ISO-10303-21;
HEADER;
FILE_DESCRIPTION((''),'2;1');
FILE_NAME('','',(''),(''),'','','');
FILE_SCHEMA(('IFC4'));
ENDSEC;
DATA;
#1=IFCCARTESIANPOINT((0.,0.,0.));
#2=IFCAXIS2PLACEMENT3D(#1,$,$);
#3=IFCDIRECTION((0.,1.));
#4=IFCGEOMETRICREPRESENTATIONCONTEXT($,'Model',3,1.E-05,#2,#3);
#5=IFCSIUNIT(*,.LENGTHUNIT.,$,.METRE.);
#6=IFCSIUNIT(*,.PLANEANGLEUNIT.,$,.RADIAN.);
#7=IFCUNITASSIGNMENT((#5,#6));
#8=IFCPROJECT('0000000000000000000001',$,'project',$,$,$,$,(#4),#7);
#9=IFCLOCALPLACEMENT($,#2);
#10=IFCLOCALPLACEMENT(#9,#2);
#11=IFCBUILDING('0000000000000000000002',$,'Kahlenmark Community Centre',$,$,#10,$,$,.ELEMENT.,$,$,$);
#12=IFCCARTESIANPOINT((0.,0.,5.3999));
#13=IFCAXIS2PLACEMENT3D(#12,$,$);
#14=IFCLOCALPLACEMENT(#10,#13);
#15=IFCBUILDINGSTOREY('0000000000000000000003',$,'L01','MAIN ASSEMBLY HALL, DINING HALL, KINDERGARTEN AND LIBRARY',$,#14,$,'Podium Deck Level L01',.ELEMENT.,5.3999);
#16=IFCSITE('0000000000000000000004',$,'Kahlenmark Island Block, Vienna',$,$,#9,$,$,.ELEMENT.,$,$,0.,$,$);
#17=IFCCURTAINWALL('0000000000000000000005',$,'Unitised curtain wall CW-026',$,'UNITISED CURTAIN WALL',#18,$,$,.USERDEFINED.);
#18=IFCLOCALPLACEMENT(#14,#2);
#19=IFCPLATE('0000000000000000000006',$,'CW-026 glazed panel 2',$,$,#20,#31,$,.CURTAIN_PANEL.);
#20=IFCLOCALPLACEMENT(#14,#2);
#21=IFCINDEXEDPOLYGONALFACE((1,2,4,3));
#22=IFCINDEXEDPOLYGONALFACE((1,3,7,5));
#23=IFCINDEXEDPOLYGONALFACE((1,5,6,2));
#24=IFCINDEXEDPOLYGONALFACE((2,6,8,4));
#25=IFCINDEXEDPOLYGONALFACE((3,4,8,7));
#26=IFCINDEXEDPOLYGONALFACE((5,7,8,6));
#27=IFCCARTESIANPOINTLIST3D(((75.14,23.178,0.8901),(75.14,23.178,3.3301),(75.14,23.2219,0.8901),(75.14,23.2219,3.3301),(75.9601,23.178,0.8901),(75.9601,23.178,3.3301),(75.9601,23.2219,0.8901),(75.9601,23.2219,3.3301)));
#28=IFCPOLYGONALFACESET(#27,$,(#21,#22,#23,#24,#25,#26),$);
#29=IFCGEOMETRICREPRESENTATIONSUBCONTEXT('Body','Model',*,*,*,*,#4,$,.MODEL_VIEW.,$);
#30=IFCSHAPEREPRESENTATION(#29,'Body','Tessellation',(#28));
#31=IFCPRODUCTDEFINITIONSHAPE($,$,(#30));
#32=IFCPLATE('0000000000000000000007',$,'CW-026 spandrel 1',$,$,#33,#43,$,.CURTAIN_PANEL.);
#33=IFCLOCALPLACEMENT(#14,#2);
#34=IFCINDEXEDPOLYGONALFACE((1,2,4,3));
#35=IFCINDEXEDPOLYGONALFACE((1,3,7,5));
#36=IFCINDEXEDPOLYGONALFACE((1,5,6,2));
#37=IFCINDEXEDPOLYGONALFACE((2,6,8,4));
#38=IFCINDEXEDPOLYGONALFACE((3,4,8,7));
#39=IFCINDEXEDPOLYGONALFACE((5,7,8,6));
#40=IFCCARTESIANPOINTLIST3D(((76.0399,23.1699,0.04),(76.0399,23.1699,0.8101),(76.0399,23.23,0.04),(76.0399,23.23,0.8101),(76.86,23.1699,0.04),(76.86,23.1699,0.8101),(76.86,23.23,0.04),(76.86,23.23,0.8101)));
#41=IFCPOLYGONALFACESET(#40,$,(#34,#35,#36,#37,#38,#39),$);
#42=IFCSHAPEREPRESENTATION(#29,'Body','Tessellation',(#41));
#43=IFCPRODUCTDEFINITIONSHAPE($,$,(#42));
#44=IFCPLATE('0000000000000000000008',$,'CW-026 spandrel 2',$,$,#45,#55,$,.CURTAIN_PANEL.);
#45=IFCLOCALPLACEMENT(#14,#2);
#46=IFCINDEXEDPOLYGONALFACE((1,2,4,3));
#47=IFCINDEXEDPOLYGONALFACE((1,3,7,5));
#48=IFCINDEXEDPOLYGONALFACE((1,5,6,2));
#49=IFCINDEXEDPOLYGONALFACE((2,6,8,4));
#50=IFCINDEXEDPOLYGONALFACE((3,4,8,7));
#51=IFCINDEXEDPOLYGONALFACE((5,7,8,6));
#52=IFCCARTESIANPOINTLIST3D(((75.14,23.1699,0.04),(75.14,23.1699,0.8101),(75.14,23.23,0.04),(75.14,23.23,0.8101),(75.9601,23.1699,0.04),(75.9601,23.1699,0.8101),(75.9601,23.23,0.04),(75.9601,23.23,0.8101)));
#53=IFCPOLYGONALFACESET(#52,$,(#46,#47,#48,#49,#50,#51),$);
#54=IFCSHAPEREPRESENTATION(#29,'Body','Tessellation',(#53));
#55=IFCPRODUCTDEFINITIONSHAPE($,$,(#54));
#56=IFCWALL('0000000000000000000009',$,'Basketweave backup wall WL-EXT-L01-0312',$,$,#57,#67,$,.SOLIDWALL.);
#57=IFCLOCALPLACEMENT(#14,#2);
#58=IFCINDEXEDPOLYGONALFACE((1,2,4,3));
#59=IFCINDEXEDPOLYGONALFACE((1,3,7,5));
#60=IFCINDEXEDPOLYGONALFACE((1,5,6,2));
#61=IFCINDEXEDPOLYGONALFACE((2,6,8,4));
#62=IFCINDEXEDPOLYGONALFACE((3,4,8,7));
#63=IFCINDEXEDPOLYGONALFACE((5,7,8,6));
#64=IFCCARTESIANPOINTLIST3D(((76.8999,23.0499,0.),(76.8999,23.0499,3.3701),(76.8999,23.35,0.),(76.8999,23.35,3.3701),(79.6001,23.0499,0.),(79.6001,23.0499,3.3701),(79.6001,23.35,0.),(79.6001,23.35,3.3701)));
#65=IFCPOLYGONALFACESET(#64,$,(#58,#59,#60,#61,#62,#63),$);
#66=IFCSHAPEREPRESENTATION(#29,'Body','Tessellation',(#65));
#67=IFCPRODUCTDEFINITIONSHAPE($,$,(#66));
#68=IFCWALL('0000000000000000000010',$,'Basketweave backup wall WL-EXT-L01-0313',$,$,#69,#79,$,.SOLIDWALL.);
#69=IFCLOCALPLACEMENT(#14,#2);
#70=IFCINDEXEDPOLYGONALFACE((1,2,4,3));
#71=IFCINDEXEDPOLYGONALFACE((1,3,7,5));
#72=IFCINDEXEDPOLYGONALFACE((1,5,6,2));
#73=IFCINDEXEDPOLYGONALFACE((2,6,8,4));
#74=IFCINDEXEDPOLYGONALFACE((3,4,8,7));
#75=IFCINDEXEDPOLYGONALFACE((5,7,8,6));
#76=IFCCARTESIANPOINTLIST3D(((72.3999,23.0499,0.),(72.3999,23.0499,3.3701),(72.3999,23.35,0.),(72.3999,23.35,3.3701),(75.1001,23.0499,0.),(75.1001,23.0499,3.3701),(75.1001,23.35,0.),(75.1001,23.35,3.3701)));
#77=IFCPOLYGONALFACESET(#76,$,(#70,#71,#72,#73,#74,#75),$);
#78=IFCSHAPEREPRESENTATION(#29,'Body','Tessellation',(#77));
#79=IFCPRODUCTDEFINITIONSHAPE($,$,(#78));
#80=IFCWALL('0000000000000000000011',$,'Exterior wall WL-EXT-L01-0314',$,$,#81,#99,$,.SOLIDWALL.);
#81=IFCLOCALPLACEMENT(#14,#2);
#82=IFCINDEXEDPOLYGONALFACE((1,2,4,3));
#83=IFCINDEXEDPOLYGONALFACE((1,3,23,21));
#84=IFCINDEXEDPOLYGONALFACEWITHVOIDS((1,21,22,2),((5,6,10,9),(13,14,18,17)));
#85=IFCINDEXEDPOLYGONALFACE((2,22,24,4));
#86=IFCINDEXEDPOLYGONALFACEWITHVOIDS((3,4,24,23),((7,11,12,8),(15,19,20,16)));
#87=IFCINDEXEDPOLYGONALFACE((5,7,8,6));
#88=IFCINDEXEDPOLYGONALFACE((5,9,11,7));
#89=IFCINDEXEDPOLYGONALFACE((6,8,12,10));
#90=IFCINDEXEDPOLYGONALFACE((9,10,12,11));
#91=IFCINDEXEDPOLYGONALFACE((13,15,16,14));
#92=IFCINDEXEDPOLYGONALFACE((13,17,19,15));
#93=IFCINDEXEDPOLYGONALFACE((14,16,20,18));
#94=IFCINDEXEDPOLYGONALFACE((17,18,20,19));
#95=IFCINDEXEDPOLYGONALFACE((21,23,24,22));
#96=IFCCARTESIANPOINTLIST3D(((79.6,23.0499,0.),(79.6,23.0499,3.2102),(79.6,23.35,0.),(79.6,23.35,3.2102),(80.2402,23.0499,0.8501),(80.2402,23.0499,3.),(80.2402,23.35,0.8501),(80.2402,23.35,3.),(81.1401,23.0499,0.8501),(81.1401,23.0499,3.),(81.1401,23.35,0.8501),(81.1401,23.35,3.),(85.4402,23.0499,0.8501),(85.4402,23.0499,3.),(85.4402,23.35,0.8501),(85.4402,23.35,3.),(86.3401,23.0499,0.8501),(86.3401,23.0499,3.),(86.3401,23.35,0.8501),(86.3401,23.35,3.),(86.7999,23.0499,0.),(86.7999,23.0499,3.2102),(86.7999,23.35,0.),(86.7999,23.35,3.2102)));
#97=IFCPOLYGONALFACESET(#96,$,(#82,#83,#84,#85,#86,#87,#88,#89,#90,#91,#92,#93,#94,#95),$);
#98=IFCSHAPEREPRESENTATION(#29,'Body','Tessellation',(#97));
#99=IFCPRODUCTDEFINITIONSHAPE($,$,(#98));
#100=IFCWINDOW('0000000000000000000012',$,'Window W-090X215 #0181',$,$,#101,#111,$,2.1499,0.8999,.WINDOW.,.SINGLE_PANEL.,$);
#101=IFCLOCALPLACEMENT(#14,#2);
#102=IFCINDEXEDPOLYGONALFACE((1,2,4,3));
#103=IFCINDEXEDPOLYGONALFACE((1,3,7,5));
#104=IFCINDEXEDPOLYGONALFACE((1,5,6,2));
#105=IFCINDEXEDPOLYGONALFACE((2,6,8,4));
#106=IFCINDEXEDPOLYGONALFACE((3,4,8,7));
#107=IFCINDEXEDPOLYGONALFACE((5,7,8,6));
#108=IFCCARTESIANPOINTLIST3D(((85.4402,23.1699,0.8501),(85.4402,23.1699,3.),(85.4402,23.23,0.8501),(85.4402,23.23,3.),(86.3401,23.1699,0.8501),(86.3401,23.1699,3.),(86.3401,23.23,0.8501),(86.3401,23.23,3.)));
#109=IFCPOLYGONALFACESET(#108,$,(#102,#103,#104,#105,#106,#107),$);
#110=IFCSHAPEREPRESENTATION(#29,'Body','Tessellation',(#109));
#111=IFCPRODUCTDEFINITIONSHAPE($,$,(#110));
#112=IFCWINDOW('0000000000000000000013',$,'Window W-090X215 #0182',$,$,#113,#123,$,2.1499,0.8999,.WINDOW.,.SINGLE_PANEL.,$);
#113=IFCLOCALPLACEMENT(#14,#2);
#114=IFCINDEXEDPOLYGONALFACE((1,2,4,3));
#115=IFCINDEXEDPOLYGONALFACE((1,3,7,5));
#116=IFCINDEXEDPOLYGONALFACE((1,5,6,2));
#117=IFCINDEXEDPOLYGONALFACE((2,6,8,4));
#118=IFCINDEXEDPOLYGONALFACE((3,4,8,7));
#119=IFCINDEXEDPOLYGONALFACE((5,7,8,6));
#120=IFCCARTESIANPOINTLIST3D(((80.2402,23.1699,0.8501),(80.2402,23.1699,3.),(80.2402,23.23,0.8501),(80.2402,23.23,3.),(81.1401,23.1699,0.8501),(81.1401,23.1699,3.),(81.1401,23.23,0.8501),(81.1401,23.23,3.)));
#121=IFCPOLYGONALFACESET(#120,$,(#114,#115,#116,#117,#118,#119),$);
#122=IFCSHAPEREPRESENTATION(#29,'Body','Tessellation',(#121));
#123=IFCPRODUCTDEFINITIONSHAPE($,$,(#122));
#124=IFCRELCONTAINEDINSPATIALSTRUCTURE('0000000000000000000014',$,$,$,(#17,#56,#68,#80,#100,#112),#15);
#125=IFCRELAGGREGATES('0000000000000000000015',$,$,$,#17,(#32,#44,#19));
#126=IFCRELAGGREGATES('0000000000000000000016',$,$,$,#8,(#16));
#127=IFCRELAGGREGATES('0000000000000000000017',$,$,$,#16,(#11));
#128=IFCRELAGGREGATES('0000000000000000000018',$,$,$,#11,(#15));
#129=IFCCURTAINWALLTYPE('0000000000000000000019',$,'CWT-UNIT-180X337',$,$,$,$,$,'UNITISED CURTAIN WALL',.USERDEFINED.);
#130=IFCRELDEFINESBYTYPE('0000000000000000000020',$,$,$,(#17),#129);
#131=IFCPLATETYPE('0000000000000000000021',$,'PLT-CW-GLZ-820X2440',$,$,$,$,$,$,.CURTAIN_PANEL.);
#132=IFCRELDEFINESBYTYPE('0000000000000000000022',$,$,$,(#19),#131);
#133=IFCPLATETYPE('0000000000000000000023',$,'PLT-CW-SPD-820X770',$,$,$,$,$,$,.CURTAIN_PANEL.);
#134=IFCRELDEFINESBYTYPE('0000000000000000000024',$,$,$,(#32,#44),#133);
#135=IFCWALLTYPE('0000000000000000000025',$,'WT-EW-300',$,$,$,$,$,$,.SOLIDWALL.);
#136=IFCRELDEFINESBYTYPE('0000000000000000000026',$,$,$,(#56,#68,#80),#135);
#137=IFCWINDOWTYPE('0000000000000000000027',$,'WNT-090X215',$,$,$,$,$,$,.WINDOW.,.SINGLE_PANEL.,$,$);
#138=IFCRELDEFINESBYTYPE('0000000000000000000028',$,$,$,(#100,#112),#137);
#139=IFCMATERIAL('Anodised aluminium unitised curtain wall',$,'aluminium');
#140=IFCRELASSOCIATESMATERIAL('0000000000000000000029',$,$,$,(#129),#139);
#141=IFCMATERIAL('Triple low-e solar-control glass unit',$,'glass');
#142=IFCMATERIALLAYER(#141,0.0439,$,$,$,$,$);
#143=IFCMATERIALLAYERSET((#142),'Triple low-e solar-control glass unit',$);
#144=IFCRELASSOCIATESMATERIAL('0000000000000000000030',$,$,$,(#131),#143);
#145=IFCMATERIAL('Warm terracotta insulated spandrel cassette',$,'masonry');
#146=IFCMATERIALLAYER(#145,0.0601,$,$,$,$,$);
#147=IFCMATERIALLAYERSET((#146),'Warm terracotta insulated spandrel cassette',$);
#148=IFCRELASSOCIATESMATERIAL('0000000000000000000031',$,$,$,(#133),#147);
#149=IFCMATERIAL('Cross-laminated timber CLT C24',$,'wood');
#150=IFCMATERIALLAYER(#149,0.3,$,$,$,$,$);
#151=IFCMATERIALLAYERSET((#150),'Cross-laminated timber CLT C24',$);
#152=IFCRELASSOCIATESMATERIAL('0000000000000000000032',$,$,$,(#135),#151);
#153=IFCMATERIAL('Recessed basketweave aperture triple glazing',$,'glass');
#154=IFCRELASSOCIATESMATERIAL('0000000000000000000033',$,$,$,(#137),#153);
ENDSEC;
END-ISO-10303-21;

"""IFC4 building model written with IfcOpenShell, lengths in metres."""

from ifc_helpers import new_model, si_unit, direction, frame, frame_2d, origin, origin_2d, place, context, subcontext, project, spatial, rectangle, extrude, material, layer, layer_set, type_object, element, fill, aggregate, save


model = new_model("IFC4")

# Units and contexts
model_context = context("Model", 3, precision=1e-05, world=origin(), true_north=direction((0.0, 1.0)))
body_context = subcontext(model_context, "Body", "Model", "MODEL_VIEW")
ifc_project = project(units=[si_unit("LENGTHUNIT", "METRE"), si_unit("PLANEANGLEUNIT", "RADIAN")], contexts=[model_context])

# Site, building, storey
site_placement = place(None, origin())
site = spatial("IfcSite", under=ifc_project, at=site_placement, Name="Kahlenmark Island Block, Vienna", CompositionType="ELEMENT", RefElevation=0.0)
building_placement = place(site_placement, origin())
building = spatial("IfcBuilding", under=site, at=building_placement, Name="Kahlenmark Community Centre", CompositionType="ELEMENT")
storey_placement = place(building_placement, frame((0.0, 0.0, 5.3999)))
storey = spatial("IfcBuildingStorey", under=building, at=storey_placement, Name="L01", Description="MAIN ASSEMBLY HALL, DINING HALL, KINDERGARTEN AND LIBRARY", LongName="Podium Deck Level L01", CompositionType="ELEMENT", Elevation=5.3999)

# Curtain wall
ifc_material_1 = material(Name="Anodised aluminium unitised curtain wall", Category="aluminium")
curtain_wall_type = type_object("IfcCurtainWallType", Name="CWT-UNIT-180X337", ElementType="UNITISED CURTAIN WALL", PredefinedType="USERDEFINED", material=ifc_material_1)
curtain_wall_placement = place(storey_placement, origin())
curtain_wall = element("IfcCurtainWall", 1, at=curtain_wall_placement, inside=storey, type_object=curtain_wall_type, Name="Unitised curtain wall CW-026", ObjectType="UNITISED CURTAIN WALL", PredefinedType="USERDEFINED")

# Plates
ifc_material_2 = material(Name="Triple low-e solar-control glass unit", Category="glass")
ifc_layer_1 = layer(ifc_material_2, 0.0439)
ifc_layer_set_1 = layer_set([ifc_layer_1], Name="Triple low-e solar-control glass unit")
plate_type_1 = type_object("IfcPlateType", Name="PLT-CW-GLZ-820X2440", PredefinedType="CURTAIN_PANEL", material=ifc_layer_set_1)
plate_1_placement = place(storey_placement, frame((75.55, 23.2, 0.8901), z_axis=(0.0, 0.0, 1.0), x_axis=(-1.0, 0.0, 0.0)))
plate_1 = element("IfcPlate", 2, at=plate_1_placement, type_object=plate_type_1, Name="CW-026 glazed panel 2", PredefinedType="CURTAIN_PANEL", context=body_context, shape_type="SweptSolid", body=[
    extrude(rectangle(XDim=0.8201, YDim=0.0439, at=origin_2d()), origin(), (0.0, 0.0, 1.0), 2.4399),
])
ifc_material_3 = material(Name="Warm terracotta insulated spandrel cassette", Category="masonry")
ifc_layer_2 = layer(ifc_material_3, 0.0601)
ifc_layer_set_2 = layer_set([ifc_layer_2], Name="Warm terracotta insulated spandrel cassette")
plate_type_2 = type_object("IfcPlateType", Name="PLT-CW-SPD-820X770", PredefinedType="CURTAIN_PANEL", material=ifc_layer_set_2)
plate_2_placement = place(storey_placement, frame((76.45, 23.2, 0.04), z_axis=(0.0, 0.0, 1.0), x_axis=(-1.0, 0.0, 0.0)))
plate_2 = element("IfcPlate", 3, at=plate_2_placement, type_object=plate_type_2, Name="CW-026 spandrel 1", PredefinedType="CURTAIN_PANEL", context=body_context, shape_type="SweptSolid", body=[
    extrude(rectangle(XDim=0.8201, YDim=0.0601, at=origin_2d()), origin(), (0.0, 0.0, 1.0), 0.77),
])
plate_3_placement = place(storey_placement, frame((75.55, 23.2, 0.04), z_axis=(0.0, 0.0, 1.0), x_axis=(-1.0, 0.0, 0.0)))
plate_3 = element("IfcPlate", 4, at=plate_3_placement, type_object=plate_type_2, Name="CW-026 spandrel 2", PredefinedType="CURTAIN_PANEL", context=body_context, shape_type="SweptSolid", body=[
    extrude(rectangle(XDim=0.8201, YDim=0.0601, at=origin_2d()), origin(), (0.0, 0.0, 1.0), 0.77),
])
aggregate(curtain_wall, [plate_2, plate_3, plate_1])

# Walls
ifc_material_4 = material(Name="Cross-laminated timber CLT C24", Category="wood")
ifc_layer_3 = layer(ifc_material_4, 0.3)
ifc_layer_set_3 = layer_set([ifc_layer_3], Name="Cross-laminated timber CLT C24")
wall_type = type_object("IfcWallType", Name="WT-EW-300", PredefinedType="SOLIDWALL", material=ifc_layer_set_3)
for number, where, z_axis, x_axis, name in (
    (5, (79.6001, 23.2, 0.0), (0.0, 0.0, 1.0), (-1.0, 0.0, 0.0), "Basketweave backup wall WL-EXT-L01-0312"),
    (6, (75.1001, 23.2, 0.0), (0.0, 0.0, 1.0), (-1.0, 0.0, 0.0), "Basketweave backup wall WL-EXT-L01-0313"),
):
    element("IfcWall", number, at=place(storey_placement, frame(where, z_axis=z_axis, x_axis=x_axis)), inside=storey, type_object=wall_type, Name=name, PredefinedType="SOLIDWALL", context=body_context, shape_type="SweptSolid", body=[
        extrude(rectangle(XDim=2.7002, YDim=0.3, at=frame_2d((1.3501, 0.0))), origin(), (0.0, 0.0, 1.0), 3.3701),
    ])

# Wall, openings, windows
wall_placement = place(storey_placement, frame((86.8, 23.2, 0.0), z_axis=(0.0, 0.0, 1.0), x_axis=(-1.0, 0.0, 0.0)))
wall = element("IfcWall", 7, at=wall_placement, inside=storey, type_object=wall_type, Name="Exterior wall WL-EXT-L01-0314", PredefinedType="SOLIDWALL", context=body_context, shape_type="SweptSolid", body=[
    extrude(rectangle(XDim=7.2, YDim=0.3, at=frame_2d((3.6001, 0.0))), origin(), (0.0, 0.0, 1.0), 3.2102),
])
opening_1_placement = place(wall_placement, frame((0.46, 0.0, 0.8501)))
opening_1 = element("IfcOpeningElement", 8, at=opening_1_placement, cuts=wall, PredefinedType="OPENING", context=body_context, shape_type="SweptSolid", body=[
    extrude(rectangle(XDim=0.8999, YDim=2.1499, at=frame_2d((0.45, 1.075))), frame((0.0, 0.1599, 0.0), z_axis=(0.0, -1.0, 0.0), x_axis=(1.0, 0.0, 0.0)), (0.0, 0.0, 1.0), 0.3201),
])
opening_2_placement = place(wall_placement, frame((5.6599, 0.0, 0.8501)))
opening_2 = element("IfcOpeningElement", 9, at=opening_2_placement, cuts=wall, PredefinedType="OPENING", context=body_context, shape_type="SweptSolid", body=[
    extrude(rectangle(XDim=0.8999, YDim=2.1499, at=frame_2d((0.45, 1.075))), frame((0.0, 0.1599, 0.0), z_axis=(0.0, -1.0, 0.0), x_axis=(1.0, 0.0, 0.0)), (0.0, 0.0, 1.0), 0.3201),
])
ifc_material_5 = material(Name="Recessed basketweave aperture triple glazing", Category="glass")
window_type = type_object("IfcWindowType", Name="WNT-090X215", PartitioningType="SINGLE_PANEL", PredefinedType="WINDOW", material=ifc_material_5)
window_1_placement = place(opening_1_placement, origin())
window_1 = element("IfcWindow", 10, at=window_1_placement, inside=storey, type_object=window_type, Name="Window W-090X215 #0181", OverallHeight=2.1499, OverallWidth=0.8999, PartitioningType="SINGLE_PANEL", PredefinedType="WINDOW", context=body_context, shape_type="SweptSolid", body=[
    extrude(rectangle(XDim=0.8999, YDim=2.1499, at=frame_2d((0.45, 1.075))), frame((0.0, 0.03, 0.0), z_axis=(0.0, -1.0, 0.0), x_axis=(1.0, 0.0, 0.0)), (0.0, 0.0, 1.0), 0.0601),
])
fill(opening_1, window_1)
window_2_placement = place(opening_2_placement, origin())
window_2 = element("IfcWindow", 11, at=window_2_placement, inside=storey, type_object=window_type, Name="Window W-090X215 #0182", OverallHeight=2.1499, OverallWidth=0.8999, PartitioningType="SINGLE_PANEL", PredefinedType="WINDOW", context=body_context, shape_type="SweptSolid", body=[
    extrude(rectangle(XDim=0.8999, YDim=2.1499, at=frame_2d((0.45, 1.075))), frame((0.0, 0.03, 0.0), z_axis=(0.0, -1.0, 0.0), x_axis=(1.0, 0.0, 0.0)), (0.0, 0.0, 1.0), 0.0601),
])
fill(opening_2, window_2)

save(model, "model.ifc")
